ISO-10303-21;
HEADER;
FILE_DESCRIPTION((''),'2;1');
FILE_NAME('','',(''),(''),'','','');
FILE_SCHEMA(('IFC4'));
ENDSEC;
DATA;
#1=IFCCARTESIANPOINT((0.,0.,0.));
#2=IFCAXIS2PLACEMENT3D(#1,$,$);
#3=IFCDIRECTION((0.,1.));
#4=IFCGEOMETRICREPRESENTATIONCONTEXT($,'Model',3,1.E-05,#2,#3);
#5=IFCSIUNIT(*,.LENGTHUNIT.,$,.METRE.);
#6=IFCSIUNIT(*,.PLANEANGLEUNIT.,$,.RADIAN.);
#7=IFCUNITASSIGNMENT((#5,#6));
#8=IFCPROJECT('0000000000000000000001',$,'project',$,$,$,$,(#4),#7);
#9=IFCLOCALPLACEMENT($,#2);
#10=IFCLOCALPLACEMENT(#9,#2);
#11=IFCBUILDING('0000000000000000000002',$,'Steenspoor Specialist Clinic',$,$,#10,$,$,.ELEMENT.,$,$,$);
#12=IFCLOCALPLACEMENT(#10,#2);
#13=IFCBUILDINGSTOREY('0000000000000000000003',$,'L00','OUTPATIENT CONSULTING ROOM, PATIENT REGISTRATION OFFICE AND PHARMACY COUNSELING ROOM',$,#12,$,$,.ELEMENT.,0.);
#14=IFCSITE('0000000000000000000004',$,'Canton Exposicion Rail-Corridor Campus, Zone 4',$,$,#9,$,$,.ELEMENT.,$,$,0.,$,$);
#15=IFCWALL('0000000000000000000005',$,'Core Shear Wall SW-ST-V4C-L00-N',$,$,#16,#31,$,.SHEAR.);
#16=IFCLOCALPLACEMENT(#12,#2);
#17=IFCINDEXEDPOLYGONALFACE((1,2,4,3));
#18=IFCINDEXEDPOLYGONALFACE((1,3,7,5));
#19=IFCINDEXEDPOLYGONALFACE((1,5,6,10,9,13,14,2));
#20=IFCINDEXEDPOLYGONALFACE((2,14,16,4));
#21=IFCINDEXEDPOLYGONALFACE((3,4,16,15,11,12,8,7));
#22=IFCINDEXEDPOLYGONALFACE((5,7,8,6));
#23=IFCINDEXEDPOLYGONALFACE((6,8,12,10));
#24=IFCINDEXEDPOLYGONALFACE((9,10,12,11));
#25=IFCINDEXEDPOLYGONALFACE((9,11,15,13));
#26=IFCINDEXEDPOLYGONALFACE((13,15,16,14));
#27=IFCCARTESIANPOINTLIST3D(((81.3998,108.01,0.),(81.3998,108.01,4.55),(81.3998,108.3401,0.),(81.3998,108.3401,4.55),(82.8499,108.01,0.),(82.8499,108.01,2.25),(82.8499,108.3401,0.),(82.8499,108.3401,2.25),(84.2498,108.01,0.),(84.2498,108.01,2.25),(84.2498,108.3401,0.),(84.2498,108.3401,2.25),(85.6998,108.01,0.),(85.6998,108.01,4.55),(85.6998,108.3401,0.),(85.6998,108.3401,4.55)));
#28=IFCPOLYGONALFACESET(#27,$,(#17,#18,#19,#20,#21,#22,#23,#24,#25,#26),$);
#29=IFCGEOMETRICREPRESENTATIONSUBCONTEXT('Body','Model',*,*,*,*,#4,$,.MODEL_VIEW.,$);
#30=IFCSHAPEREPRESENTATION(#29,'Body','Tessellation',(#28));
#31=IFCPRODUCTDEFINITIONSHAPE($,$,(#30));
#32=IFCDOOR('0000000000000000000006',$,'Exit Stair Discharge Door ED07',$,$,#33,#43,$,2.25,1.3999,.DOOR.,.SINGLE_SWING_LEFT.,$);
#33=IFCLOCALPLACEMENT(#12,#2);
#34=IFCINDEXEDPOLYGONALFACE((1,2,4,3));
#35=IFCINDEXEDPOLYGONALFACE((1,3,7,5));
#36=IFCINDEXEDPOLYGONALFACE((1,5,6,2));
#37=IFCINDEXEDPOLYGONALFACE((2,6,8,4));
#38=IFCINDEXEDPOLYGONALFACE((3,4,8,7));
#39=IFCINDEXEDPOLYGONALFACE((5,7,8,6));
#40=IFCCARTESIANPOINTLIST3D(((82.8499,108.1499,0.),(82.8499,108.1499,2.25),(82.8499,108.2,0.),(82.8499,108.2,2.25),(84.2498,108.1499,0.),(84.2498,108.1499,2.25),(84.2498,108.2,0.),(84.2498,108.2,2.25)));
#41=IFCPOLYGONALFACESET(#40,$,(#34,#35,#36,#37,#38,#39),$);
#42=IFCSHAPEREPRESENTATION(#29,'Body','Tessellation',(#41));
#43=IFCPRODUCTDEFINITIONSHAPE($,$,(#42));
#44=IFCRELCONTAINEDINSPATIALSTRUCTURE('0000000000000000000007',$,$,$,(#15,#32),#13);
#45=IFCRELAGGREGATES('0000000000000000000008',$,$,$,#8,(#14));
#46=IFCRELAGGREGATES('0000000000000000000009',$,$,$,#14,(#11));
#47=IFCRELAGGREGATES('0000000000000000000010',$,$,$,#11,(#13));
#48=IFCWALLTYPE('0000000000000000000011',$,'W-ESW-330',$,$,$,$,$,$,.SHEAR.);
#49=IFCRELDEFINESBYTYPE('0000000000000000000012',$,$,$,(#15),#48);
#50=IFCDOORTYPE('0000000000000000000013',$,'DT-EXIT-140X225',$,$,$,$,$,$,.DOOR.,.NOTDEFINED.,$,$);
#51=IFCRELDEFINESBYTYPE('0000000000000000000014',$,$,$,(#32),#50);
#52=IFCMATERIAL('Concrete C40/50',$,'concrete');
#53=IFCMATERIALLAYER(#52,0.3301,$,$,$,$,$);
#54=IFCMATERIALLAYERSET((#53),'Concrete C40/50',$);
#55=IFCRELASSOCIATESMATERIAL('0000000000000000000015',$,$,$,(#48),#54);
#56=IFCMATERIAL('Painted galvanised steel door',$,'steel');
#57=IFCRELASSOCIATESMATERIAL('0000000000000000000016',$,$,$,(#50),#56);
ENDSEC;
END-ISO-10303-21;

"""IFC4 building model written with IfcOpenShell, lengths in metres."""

from ifc_helpers import new_model, si_unit, direction, frame, frame_2d, origin, place, context, subcontext, project, spatial, rectangle, extrude, material, layer, layer_set, type_object, element, fill, save


model = new_model("IFC4")

# Units and contexts
model_context = context("Model", 3, precision=1e-05, world=origin(), true_north=direction((0.0, 1.0)))
body_context = subcontext(model_context, "Body", "Model", "MODEL_VIEW")
ifc_project = project(units=[si_unit("LENGTHUNIT", "METRE"), si_unit("PLANEANGLEUNIT", "RADIAN")], contexts=[model_context])

# Site, building, storey
site_placement = place(None, origin())
site = spatial("IfcSite", under=ifc_project, at=site_placement, Name="Canton Exposicion Rail-Corridor Campus, Zone 4", CompositionType="ELEMENT", RefElevation=0.0)
building_placement = place(site_placement, origin())
building = spatial("IfcBuilding", under=site, at=building_placement, Name="Steenspoor Specialist Clinic", CompositionType="ELEMENT")
storey_placement = place(building_placement, origin())
storey = spatial("IfcBuildingStorey", under=building, at=storey_placement, Name="L00", Description="OUTPATIENT CONSULTING ROOM, PATIENT REGISTRATION OFFICE AND PHARMACY COUNSELING ROOM", CompositionType="ELEMENT", Elevation=0.0)

# Shared definitions
ifc_material_1 = material(Name="Concrete C40/50", Category="concrete")

# Wall, opening, door
ifc_layer_1 = layer(ifc_material_1, 0.3301)
ifc_layer_set_1 = layer_set([ifc_layer_1], Name="Concrete C40/50")
wall_type_1 = type_object("IfcWallType", Name="W-ESW-330", PredefinedType="SHEAR", material=ifc_layer_set_1)
wall_1_placement = place(storey_placement, frame((81.3999, 108.175, 0.0), z_axis=(0.0, 0.0, 1.0), x_axis=(1.0, 0.0, 0.0)))
wall_1 = element("IfcWall", 1, at=wall_1_placement, inside=storey, type_object=wall_type_1, Name="Core Shear Wall SW-ST-V4C-L00-N", PredefinedType="SHEAR", context=body_context, shape_type="SweptSolid", body=[
    extrude(rectangle(XDim=4.3, YDim=0.3301, at=frame_2d((2.1499, 0.0))), origin(), (0.0, 0.0, 1.0), 4.55),
])
opening_1_placement = place(wall_1_placement, frame((1.45, 0.0, 0.0)))
opening_1 = element("IfcOpeningElement", 2, at=opening_1_placement, cuts=wall_1, PredefinedType="OPENING", context=body_context, shape_type="SweptSolid", body=[
    extrude(rectangle(XDim=1.3999, YDim=2.25, at=frame_2d((0.7, 1.125))), frame((0.0, 0.175, 0.0), z_axis=(0.0, -1.0, 0.0), x_axis=(1.0, 0.0, 0.0)), (0.0, 0.0, 1.0), 0.3501),
])
ifc_material_2 = material(Name="Painted galvanised steel door", Category="steel")
door_type = type_object("IfcDoorType", Name="DT-EXIT-140X225", OperationType="NOTDEFINED", PredefinedType="DOOR", material=ifc_material_2)
door_placement = place(opening_1_placement, origin())
door = element("IfcDoor", 3, at=door_placement, inside=storey, type_object=door_type, Name="Exit Stair Discharge Door ED07", OperationType="SINGLE_SWING_LEFT", OverallHeight=2.25, OverallWidth=1.3999, PredefinedType="DOOR", context=body_context, shape_type="SweptSolid", body=[
    extrude(rectangle(XDim=1.3999, YDim=2.25, at=frame_2d((0.7, 1.125))), frame((0.0, 0.0249, 0.0), z_axis=(0.0, -1.0, 0.0), x_axis=(1.0, 0.0, 0.0)), (0.0, 0.0, 1.0), 0.05),
])
fill(opening_1, door)

save(model, "model.ifc")
